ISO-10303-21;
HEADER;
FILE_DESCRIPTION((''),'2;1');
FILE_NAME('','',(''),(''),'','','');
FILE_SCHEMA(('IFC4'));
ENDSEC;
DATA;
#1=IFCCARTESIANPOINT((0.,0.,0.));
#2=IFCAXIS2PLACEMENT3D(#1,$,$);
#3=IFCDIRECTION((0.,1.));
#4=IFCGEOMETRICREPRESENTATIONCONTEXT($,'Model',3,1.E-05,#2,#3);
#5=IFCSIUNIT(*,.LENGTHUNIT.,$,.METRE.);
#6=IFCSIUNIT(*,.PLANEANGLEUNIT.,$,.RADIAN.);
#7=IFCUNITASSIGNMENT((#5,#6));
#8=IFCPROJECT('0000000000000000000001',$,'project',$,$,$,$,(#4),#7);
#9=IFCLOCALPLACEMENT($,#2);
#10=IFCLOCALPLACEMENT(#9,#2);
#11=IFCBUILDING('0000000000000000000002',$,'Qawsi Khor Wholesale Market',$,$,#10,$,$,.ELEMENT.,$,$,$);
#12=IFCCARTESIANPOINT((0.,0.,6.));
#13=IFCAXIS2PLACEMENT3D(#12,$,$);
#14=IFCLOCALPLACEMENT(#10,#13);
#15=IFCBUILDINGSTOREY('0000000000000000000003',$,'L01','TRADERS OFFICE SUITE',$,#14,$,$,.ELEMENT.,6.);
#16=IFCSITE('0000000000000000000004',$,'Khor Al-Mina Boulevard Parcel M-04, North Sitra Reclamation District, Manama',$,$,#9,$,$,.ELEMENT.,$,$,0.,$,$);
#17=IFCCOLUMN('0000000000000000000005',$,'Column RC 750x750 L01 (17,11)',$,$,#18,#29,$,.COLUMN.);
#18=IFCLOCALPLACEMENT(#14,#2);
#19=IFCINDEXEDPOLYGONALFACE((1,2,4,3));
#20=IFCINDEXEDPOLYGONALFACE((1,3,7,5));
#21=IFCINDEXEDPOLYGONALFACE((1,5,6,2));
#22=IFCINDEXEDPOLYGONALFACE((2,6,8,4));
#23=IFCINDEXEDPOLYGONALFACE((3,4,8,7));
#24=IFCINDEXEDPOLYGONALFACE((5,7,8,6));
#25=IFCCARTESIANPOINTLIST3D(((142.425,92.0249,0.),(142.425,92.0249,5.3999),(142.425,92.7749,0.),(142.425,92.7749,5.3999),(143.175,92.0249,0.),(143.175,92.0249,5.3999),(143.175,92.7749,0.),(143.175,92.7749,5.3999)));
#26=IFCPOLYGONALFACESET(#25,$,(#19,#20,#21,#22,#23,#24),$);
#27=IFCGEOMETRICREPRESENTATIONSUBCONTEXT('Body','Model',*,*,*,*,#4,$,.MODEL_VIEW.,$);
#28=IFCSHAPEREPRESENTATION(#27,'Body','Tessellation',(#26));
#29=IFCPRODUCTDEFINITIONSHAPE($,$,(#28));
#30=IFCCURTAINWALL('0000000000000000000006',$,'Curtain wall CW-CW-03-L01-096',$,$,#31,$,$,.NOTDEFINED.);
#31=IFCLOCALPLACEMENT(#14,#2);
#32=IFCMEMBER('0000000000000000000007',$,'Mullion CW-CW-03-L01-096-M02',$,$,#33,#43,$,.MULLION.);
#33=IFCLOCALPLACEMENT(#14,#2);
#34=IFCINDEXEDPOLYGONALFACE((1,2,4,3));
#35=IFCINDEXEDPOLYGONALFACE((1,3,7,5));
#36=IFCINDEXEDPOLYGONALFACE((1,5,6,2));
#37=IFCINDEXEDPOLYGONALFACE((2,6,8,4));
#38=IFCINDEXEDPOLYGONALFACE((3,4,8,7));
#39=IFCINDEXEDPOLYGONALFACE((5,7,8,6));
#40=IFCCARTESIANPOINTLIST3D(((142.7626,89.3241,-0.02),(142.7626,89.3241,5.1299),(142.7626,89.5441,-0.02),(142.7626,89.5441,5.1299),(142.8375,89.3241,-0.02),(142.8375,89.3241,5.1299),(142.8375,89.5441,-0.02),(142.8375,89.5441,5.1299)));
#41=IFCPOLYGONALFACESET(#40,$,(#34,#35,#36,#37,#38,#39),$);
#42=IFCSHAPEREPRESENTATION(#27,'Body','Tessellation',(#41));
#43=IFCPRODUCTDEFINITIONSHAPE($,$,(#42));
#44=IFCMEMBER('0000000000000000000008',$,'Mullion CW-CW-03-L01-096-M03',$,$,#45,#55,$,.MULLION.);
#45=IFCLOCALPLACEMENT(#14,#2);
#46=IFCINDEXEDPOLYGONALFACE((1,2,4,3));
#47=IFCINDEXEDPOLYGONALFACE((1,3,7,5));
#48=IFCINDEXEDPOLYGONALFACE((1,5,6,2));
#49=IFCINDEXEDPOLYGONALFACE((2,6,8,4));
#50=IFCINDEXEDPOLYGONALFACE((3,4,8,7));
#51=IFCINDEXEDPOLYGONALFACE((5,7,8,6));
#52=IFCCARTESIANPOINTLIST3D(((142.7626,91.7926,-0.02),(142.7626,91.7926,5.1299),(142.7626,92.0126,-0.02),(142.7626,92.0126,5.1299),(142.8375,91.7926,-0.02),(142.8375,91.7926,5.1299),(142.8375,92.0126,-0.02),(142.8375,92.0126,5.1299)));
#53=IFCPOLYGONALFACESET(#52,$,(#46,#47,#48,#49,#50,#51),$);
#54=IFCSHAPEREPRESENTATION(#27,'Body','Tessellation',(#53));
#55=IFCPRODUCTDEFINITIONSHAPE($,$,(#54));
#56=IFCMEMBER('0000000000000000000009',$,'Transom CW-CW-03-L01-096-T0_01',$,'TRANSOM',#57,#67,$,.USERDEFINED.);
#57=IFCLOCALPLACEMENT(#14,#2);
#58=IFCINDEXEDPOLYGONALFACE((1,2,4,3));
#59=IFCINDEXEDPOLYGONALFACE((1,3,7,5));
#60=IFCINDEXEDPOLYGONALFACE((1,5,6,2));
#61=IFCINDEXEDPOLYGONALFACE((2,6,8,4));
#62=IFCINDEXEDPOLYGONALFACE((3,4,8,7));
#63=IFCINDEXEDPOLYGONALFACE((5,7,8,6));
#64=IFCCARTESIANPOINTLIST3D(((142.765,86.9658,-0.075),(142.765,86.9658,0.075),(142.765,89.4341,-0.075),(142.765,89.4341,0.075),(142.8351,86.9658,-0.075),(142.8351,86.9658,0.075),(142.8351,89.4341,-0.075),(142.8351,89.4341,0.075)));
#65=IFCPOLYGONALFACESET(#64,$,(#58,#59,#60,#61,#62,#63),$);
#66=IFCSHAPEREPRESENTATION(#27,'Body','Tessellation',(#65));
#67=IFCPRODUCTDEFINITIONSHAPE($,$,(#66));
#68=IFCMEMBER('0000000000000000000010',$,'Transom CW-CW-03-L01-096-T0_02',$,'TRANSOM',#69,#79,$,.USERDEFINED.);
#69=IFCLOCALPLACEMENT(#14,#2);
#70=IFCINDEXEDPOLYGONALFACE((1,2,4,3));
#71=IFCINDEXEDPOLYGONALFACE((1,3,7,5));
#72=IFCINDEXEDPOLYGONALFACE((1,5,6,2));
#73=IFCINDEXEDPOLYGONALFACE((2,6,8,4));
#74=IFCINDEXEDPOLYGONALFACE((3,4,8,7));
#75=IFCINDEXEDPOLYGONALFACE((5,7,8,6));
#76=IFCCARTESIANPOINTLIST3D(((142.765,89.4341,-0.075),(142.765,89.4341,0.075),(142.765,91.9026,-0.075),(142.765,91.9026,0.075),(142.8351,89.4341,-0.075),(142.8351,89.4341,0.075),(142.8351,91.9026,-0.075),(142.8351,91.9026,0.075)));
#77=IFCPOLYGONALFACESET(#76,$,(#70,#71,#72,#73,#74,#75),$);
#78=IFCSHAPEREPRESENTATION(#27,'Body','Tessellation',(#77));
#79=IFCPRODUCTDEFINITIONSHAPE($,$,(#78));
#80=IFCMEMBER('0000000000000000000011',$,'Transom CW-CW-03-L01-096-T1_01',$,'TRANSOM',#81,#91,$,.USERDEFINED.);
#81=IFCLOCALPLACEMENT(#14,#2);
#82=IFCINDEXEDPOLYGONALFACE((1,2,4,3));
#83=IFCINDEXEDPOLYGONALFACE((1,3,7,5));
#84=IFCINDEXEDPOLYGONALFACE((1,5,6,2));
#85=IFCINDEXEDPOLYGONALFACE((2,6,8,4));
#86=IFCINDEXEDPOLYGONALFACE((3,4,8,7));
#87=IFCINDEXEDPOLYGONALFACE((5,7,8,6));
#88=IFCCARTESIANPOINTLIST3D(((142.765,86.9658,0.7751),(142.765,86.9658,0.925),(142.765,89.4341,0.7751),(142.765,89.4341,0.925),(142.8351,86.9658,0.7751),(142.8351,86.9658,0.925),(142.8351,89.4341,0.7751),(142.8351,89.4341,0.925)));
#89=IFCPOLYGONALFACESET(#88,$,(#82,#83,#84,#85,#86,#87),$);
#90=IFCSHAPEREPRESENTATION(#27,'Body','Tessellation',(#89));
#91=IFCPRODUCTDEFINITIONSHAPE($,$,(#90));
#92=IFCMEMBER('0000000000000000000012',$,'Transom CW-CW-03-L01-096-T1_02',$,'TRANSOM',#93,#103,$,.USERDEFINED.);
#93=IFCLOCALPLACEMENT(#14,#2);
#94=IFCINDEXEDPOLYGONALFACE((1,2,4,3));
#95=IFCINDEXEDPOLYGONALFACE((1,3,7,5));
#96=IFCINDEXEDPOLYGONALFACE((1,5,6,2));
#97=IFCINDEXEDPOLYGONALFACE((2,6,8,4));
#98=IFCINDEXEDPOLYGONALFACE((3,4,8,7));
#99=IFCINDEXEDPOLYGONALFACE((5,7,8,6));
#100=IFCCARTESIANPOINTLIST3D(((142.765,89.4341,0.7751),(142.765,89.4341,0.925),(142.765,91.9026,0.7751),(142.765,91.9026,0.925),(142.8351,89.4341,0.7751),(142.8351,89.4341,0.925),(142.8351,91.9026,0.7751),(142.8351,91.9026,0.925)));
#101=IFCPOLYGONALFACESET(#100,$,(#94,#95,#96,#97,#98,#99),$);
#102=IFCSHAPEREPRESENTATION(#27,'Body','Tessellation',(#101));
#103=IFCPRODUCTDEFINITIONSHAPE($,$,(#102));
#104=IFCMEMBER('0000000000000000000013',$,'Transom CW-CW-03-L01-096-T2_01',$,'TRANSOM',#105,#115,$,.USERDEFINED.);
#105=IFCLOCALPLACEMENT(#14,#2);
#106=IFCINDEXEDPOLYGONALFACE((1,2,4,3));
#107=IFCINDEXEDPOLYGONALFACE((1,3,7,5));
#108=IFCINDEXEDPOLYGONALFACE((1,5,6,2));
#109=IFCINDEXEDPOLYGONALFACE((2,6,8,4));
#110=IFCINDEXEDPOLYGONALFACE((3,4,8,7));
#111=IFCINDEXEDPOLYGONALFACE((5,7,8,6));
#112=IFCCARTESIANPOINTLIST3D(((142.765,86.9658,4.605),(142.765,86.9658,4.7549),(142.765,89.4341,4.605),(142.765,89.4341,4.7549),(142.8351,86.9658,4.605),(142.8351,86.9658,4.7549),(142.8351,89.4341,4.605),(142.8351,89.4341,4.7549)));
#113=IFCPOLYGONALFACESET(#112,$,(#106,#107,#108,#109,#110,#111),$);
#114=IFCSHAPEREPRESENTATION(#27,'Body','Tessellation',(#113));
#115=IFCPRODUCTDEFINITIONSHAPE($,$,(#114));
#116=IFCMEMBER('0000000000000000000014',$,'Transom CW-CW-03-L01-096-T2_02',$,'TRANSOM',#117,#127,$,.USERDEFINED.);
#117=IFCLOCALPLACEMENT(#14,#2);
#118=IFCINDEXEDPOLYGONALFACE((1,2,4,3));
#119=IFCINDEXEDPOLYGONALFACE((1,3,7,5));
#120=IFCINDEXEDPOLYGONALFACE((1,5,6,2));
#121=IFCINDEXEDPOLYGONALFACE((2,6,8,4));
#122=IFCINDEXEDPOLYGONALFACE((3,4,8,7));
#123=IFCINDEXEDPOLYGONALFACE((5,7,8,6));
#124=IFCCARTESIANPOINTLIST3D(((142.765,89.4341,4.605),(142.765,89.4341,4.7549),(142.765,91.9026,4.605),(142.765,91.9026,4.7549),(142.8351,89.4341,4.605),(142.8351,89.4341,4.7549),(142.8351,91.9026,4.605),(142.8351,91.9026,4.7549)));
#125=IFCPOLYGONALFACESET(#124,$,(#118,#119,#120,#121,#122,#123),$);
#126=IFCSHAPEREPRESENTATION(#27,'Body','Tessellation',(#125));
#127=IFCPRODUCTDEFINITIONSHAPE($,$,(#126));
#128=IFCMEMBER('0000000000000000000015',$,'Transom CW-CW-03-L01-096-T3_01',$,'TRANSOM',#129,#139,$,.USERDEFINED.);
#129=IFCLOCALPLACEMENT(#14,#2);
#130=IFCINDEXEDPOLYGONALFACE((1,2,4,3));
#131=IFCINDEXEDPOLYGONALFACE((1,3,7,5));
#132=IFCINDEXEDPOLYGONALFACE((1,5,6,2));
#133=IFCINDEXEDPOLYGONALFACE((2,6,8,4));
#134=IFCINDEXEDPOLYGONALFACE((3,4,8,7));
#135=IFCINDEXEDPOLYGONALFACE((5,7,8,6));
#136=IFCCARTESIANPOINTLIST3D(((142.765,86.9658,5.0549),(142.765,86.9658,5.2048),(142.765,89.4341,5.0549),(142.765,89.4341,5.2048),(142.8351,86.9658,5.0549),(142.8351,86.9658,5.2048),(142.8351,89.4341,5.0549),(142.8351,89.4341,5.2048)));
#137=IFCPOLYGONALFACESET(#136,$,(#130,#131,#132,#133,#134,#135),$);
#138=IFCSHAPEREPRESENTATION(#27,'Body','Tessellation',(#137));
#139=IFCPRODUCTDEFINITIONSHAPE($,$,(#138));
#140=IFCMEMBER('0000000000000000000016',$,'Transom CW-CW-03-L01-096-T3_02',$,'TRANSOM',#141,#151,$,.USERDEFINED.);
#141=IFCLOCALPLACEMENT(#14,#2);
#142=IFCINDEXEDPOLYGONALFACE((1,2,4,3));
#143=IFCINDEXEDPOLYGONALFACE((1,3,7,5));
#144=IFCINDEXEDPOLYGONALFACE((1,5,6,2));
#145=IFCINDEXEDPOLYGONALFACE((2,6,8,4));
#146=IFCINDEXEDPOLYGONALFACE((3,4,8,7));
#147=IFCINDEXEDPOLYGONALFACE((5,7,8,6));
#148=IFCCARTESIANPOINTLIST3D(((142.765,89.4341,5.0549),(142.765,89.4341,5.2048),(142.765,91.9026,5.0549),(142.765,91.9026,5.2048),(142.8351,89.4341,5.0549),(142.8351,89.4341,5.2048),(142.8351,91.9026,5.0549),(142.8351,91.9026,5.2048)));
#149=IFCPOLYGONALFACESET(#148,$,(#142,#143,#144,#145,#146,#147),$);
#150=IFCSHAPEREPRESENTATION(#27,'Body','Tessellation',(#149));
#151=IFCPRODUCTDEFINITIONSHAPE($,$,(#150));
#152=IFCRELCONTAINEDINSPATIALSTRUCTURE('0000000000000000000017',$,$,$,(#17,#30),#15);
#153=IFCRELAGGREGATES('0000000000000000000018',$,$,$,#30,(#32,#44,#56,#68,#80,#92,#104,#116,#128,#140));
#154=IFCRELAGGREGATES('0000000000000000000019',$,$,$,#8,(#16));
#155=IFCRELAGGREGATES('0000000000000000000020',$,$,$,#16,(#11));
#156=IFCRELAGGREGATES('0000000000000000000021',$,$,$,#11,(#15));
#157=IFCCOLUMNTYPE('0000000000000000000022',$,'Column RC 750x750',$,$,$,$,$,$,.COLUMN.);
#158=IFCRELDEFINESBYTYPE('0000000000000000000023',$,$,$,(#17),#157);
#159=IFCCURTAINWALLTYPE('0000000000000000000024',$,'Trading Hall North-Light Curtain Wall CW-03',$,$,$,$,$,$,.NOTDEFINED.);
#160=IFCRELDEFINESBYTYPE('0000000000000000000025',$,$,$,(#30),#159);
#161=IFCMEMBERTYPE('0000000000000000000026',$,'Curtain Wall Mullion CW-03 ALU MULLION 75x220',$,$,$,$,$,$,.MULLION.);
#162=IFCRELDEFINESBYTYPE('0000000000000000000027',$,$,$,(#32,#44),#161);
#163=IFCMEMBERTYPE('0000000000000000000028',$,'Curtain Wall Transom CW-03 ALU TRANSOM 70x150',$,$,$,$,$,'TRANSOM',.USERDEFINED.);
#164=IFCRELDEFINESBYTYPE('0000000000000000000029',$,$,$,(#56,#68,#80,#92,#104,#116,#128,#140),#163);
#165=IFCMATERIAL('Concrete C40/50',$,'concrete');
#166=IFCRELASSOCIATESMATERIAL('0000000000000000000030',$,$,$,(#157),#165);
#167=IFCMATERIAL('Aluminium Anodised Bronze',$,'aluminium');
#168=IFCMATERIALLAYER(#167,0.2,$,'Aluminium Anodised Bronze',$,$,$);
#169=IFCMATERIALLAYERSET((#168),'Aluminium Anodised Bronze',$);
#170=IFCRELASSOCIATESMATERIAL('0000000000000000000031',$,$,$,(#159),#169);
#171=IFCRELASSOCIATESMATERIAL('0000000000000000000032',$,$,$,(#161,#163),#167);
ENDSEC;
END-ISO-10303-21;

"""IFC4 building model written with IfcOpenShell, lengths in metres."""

from ifc_helpers import new_model, si_unit, direction, frame, origin, origin_2d, place, context, subcontext, project, spatial, rectangle, extrude, material, layer, layer_set, material_profile, profile_set, type_object, element, aggregate, save


model = new_model("IFC4")

# Units and contexts
model_context = context("Model", 3, precision=1e-05, world=origin(), true_north=direction((0.0, 1.0)))
body_context = subcontext(model_context, "Body", "Model", "MODEL_VIEW")
ifc_project = project(units=[si_unit("LENGTHUNIT", "METRE"), si_unit("PLANEANGLEUNIT", "RADIAN")], contexts=[model_context])

# Site, building, storey
site_placement = place(None, origin())
site = spatial("IfcSite", under=ifc_project, at=site_placement, Name="Khor Al-Mina Boulevard Parcel M-04, North Sitra Reclamation District, Manama", CompositionType="ELEMENT", RefElevation=0.0)
building_placement = place(site_placement, origin())
building = spatial("IfcBuilding", under=site, at=building_placement, Name="Qawsi Khor Wholesale Market", CompositionType="ELEMENT")
storey_placement = place(building_placement, frame((0.0, 0.0, 6.0)))
storey = spatial("IfcBuildingStorey", under=building, at=storey_placement, Name="L01", Description="TRADERS OFFICE SUITE", CompositionType="ELEMENT", Elevation=6.0)

# Column
ifc_material_1 = material(Name="Concrete C40/50", Category="concrete")
ifc_material_profile_1 = material_profile(ifc_material_1, rectangle(XDim=0.75, YDim=0.75, at=origin_2d()), Name="RC 750x750")
ifc_profile_set_1 = profile_set([ifc_material_profile_1], Name="Concrete C40/50")
column_type = type_object("IfcColumnType", Name="Column RC 750x750", PredefinedType="COLUMN", material=ifc_profile_set_1)
column_placement = place(storey_placement, frame((142.8, 92.3999, 0.0), z_axis=(0.0, 0.0, 1.0), x_axis=(1.0, 0.0, 0.0)))
element("IfcColumn", 1, at=column_placement, inside=storey, type_object=column_type, Name="Column RC 750x750 L01 (17,11)", PredefinedType="COLUMN", context=body_context, shape_type="SweptSolid", body=[
    extrude(rectangle(XDim=0.75, YDim=0.75, at=origin_2d()), origin(), (0.0, 0.0, 1.0), 5.3999),
])

# Curtain wall, members
ifc_material_2 = material(Name="Aluminium Anodised Bronze", Category="aluminium")
ifc_layer_1 = layer(ifc_material_2, 0.2, Name="Aluminium Anodised Bronze")
ifc_layer_set_1 = layer_set([ifc_layer_1], Name="Aluminium Anodised Bronze")
curtain_wall_type = type_object("IfcCurtainWallType", Name="Trading Hall North-Light Curtain Wall CW-03", PredefinedType="NOTDEFINED", material=ifc_layer_set_1)
curtain_wall_placement = place(storey_placement, origin())
curtain_wall = element("IfcCurtainWall", 2, at=curtain_wall_placement, inside=storey, type_object=curtain_wall_type, Name="Curtain wall CW-CW-03-L01-096", PredefinedType="NOTDEFINED")
ifc_material_profile_2 = material_profile(ifc_material_2, rectangle(XDim=0.075, YDim=0.22, at=origin_2d()), Name="ALU MULLION 75x220")
ifc_profile_set_2 = profile_set([ifc_material_profile_2], Name="Aluminium Anodised Bronze")
member_type_1 = type_object("IfcMemberType", Name="Curtain Wall Mullion CW-03 ALU MULLION 75x220", PredefinedType="MULLION", material=ifc_profile_set_2)
member_1_placement = place(storey_placement, frame((142.8, 89.4341, -0.02), z_axis=(0.0, 0.0, 1.0), x_axis=(1.0, 0.0, 0.0)))
member_1 = element("IfcMember", 3, at=member_1_placement, type_object=member_type_1, Name="Mullion CW-CW-03-L01-096-M02", PredefinedType="MULLION", context=body_context, shape_type="SweptSolid", body=[
    extrude(rectangle(XDim=0.075, YDim=0.22, at=origin_2d()), origin(), (0.0, 0.0, 1.0), 5.1499),
])
member_2_placement = place(storey_placement, frame((142.8, 91.9026, -0.02), z_axis=(0.0, 0.0, 1.0), x_axis=(1.0, 0.0, 0.0)))
member_2 = element("IfcMember", 4, at=member_2_placement, type_object=member_type_1, Name="Mullion CW-CW-03-L01-096-M03", PredefinedType="MULLION", context=body_context, shape_type="SweptSolid", body=[
    extrude(rectangle(XDim=0.075, YDim=0.22, at=origin_2d()), origin(), (0.0, 0.0, 1.0), 5.1499),
])
ifc_material_profile_3 = material_profile(ifc_material_2, rectangle(XDim=0.0701, YDim=0.1499, at=origin_2d()), Name="ALU TRANSOM 70x150")
ifc_profile_set_3 = profile_set([ifc_material_profile_3], Name="Aluminium Anodised Bronze")
member_type_2 = type_object("IfcMemberType", Name="Curtain Wall Transom CW-03 ALU TRANSOM 70x150", ElementType="TRANSOM", PredefinedType="USERDEFINED", material=ifc_profile_set_3)
member_3_placement = place(storey_placement, frame((142.8, 86.9658, 0.0), z_axis=(0.0, 1.0, 0.0), x_axis=(-1.0, 0.0, 0.0)))
member_3 = element("IfcMember", 5, at=member_3_placement, type_object=member_type_2, Name="Transom CW-CW-03-L01-096-T0_01", ObjectType="TRANSOM", PredefinedType="USERDEFINED", context=body_context, shape_type="SweptSolid", body=[
    extrude(rectangle(XDim=0.0701, YDim=0.1499, at=origin_2d()), origin(), (0.0, 0.0, 1.0), 2.4683),
])
member_4_placement = place(storey_placement, frame((142.8, 89.4341, 0.0), z_axis=(0.0, 1.0, 0.0), x_axis=(-1.0, 0.0, 0.0)))
member_4 = element("IfcMember", 6, at=member_4_placement, type_object=member_type_2, Name="Transom CW-CW-03-L01-096-T0_02", ObjectType="TRANSOM", PredefinedType="USERDEFINED", context=body_context, shape_type="SweptSolid", body=[
    extrude(rectangle(XDim=0.0701, YDim=0.1499, at=origin_2d()), origin(), (0.0, 0.0, 1.0), 2.4685),
])
member_5_placement = place(storey_placement, frame((142.8, 86.9658, 0.8501), z_axis=(0.0, 1.0, 0.0), x_axis=(-1.0, 0.0, 0.0)))
member_5 = element("IfcMember", 7, at=member_5_placement, type_object=member_type_2, Name="Transom CW-CW-03-L01-096-T1_01", ObjectType="TRANSOM", PredefinedType="USERDEFINED", context=body_context, shape_type="SweptSolid", body=[
    extrude(rectangle(XDim=0.0701, YDim=0.1499, at=origin_2d()), origin(), (0.0, 0.0, 1.0), 2.4683),
])
member_6_placement = place(storey_placement, frame((142.8, 89.4341, 0.8501), z_axis=(0.0, 1.0, 0.0), x_axis=(-1.0, 0.0, 0.0)))
member_6 = element("IfcMember", 8, at=member_6_placement, type_object=member_type_2, Name="Transom CW-CW-03-L01-096-T1_02", ObjectType="TRANSOM", PredefinedType="USERDEFINED", context=body_context, shape_type="SweptSolid", body=[
    extrude(rectangle(XDim=0.0701, YDim=0.1499, at=origin_2d()), origin(), (0.0, 0.0, 1.0), 2.4685),
])
member_7_placement = place(storey_placement, frame((142.8, 86.9658, 4.6799), z_axis=(0.0, 1.0, 0.0), x_axis=(-1.0, 0.0, 0.0)))
member_7 = element("IfcMember", 9, at=member_7_placement, type_object=member_type_2, Name="Transom CW-CW-03-L01-096-T2_01", ObjectType="TRANSOM", PredefinedType="USERDEFINED", context=body_context, shape_type="SweptSolid", body=[
    extrude(rectangle(XDim=0.0701, YDim=0.1499, at=origin_2d()), origin(), (0.0, 0.0, 1.0), 2.4683),
])
member_8_placement = place(storey_placement, frame((142.8, 89.4341, 4.6799), z_axis=(0.0, 1.0, 0.0), x_axis=(-1.0, 0.0, 0.0)))
member_8 = element("IfcMember", 10, at=member_8_placement, type_object=member_type_2, Name="Transom CW-CW-03-L01-096-T2_02", ObjectType="TRANSOM", PredefinedType="USERDEFINED", context=body_context, shape_type="SweptSolid", body=[
    extrude(rectangle(XDim=0.0701, YDim=0.1499, at=origin_2d()), origin(), (0.0, 0.0, 1.0), 2.4685),
])
member_9_placement = place(storey_placement, frame((142.8, 86.9658, 5.1299), z_axis=(0.0, 1.0, 0.0), x_axis=(-1.0, 0.0, 0.0)))
member_9 = element("IfcMember", 11, at=member_9_placement, type_object=member_type_2, Name="Transom CW-CW-03-L01-096-T3_01", ObjectType="TRANSOM", PredefinedType="USERDEFINED", context=body_context, shape_type="SweptSolid", body=[
    extrude(rectangle(XDim=0.0701, YDim=0.1499, at=origin_2d()), origin(), (0.0, 0.0, 1.0), 2.4683),
])
member_10_placement = place(storey_placement, frame((142.8, 89.4341, 5.1299), z_axis=(0.0, 1.0, 0.0), x_axis=(-1.0, 0.0, 0.0)))
member_10 = element("IfcMember", 12, at=member_10_placement, type_object=member_type_2, Name="Transom CW-CW-03-L01-096-T3_02", ObjectType="TRANSOM", PredefinedType="USERDEFINED", context=body_context, shape_type="SweptSolid", body=[
    extrude(rectangle(XDim=0.0701, YDim=0.1499, at=origin_2d()), origin(), (0.0, 0.0, 1.0), 2.4685),
])

aggregate(curtain_wall, [member_1, member_2, member_3, member_4, member_5, member_6, member_7, member_8, member_9, member_10])

save(model, "model.ifc")
